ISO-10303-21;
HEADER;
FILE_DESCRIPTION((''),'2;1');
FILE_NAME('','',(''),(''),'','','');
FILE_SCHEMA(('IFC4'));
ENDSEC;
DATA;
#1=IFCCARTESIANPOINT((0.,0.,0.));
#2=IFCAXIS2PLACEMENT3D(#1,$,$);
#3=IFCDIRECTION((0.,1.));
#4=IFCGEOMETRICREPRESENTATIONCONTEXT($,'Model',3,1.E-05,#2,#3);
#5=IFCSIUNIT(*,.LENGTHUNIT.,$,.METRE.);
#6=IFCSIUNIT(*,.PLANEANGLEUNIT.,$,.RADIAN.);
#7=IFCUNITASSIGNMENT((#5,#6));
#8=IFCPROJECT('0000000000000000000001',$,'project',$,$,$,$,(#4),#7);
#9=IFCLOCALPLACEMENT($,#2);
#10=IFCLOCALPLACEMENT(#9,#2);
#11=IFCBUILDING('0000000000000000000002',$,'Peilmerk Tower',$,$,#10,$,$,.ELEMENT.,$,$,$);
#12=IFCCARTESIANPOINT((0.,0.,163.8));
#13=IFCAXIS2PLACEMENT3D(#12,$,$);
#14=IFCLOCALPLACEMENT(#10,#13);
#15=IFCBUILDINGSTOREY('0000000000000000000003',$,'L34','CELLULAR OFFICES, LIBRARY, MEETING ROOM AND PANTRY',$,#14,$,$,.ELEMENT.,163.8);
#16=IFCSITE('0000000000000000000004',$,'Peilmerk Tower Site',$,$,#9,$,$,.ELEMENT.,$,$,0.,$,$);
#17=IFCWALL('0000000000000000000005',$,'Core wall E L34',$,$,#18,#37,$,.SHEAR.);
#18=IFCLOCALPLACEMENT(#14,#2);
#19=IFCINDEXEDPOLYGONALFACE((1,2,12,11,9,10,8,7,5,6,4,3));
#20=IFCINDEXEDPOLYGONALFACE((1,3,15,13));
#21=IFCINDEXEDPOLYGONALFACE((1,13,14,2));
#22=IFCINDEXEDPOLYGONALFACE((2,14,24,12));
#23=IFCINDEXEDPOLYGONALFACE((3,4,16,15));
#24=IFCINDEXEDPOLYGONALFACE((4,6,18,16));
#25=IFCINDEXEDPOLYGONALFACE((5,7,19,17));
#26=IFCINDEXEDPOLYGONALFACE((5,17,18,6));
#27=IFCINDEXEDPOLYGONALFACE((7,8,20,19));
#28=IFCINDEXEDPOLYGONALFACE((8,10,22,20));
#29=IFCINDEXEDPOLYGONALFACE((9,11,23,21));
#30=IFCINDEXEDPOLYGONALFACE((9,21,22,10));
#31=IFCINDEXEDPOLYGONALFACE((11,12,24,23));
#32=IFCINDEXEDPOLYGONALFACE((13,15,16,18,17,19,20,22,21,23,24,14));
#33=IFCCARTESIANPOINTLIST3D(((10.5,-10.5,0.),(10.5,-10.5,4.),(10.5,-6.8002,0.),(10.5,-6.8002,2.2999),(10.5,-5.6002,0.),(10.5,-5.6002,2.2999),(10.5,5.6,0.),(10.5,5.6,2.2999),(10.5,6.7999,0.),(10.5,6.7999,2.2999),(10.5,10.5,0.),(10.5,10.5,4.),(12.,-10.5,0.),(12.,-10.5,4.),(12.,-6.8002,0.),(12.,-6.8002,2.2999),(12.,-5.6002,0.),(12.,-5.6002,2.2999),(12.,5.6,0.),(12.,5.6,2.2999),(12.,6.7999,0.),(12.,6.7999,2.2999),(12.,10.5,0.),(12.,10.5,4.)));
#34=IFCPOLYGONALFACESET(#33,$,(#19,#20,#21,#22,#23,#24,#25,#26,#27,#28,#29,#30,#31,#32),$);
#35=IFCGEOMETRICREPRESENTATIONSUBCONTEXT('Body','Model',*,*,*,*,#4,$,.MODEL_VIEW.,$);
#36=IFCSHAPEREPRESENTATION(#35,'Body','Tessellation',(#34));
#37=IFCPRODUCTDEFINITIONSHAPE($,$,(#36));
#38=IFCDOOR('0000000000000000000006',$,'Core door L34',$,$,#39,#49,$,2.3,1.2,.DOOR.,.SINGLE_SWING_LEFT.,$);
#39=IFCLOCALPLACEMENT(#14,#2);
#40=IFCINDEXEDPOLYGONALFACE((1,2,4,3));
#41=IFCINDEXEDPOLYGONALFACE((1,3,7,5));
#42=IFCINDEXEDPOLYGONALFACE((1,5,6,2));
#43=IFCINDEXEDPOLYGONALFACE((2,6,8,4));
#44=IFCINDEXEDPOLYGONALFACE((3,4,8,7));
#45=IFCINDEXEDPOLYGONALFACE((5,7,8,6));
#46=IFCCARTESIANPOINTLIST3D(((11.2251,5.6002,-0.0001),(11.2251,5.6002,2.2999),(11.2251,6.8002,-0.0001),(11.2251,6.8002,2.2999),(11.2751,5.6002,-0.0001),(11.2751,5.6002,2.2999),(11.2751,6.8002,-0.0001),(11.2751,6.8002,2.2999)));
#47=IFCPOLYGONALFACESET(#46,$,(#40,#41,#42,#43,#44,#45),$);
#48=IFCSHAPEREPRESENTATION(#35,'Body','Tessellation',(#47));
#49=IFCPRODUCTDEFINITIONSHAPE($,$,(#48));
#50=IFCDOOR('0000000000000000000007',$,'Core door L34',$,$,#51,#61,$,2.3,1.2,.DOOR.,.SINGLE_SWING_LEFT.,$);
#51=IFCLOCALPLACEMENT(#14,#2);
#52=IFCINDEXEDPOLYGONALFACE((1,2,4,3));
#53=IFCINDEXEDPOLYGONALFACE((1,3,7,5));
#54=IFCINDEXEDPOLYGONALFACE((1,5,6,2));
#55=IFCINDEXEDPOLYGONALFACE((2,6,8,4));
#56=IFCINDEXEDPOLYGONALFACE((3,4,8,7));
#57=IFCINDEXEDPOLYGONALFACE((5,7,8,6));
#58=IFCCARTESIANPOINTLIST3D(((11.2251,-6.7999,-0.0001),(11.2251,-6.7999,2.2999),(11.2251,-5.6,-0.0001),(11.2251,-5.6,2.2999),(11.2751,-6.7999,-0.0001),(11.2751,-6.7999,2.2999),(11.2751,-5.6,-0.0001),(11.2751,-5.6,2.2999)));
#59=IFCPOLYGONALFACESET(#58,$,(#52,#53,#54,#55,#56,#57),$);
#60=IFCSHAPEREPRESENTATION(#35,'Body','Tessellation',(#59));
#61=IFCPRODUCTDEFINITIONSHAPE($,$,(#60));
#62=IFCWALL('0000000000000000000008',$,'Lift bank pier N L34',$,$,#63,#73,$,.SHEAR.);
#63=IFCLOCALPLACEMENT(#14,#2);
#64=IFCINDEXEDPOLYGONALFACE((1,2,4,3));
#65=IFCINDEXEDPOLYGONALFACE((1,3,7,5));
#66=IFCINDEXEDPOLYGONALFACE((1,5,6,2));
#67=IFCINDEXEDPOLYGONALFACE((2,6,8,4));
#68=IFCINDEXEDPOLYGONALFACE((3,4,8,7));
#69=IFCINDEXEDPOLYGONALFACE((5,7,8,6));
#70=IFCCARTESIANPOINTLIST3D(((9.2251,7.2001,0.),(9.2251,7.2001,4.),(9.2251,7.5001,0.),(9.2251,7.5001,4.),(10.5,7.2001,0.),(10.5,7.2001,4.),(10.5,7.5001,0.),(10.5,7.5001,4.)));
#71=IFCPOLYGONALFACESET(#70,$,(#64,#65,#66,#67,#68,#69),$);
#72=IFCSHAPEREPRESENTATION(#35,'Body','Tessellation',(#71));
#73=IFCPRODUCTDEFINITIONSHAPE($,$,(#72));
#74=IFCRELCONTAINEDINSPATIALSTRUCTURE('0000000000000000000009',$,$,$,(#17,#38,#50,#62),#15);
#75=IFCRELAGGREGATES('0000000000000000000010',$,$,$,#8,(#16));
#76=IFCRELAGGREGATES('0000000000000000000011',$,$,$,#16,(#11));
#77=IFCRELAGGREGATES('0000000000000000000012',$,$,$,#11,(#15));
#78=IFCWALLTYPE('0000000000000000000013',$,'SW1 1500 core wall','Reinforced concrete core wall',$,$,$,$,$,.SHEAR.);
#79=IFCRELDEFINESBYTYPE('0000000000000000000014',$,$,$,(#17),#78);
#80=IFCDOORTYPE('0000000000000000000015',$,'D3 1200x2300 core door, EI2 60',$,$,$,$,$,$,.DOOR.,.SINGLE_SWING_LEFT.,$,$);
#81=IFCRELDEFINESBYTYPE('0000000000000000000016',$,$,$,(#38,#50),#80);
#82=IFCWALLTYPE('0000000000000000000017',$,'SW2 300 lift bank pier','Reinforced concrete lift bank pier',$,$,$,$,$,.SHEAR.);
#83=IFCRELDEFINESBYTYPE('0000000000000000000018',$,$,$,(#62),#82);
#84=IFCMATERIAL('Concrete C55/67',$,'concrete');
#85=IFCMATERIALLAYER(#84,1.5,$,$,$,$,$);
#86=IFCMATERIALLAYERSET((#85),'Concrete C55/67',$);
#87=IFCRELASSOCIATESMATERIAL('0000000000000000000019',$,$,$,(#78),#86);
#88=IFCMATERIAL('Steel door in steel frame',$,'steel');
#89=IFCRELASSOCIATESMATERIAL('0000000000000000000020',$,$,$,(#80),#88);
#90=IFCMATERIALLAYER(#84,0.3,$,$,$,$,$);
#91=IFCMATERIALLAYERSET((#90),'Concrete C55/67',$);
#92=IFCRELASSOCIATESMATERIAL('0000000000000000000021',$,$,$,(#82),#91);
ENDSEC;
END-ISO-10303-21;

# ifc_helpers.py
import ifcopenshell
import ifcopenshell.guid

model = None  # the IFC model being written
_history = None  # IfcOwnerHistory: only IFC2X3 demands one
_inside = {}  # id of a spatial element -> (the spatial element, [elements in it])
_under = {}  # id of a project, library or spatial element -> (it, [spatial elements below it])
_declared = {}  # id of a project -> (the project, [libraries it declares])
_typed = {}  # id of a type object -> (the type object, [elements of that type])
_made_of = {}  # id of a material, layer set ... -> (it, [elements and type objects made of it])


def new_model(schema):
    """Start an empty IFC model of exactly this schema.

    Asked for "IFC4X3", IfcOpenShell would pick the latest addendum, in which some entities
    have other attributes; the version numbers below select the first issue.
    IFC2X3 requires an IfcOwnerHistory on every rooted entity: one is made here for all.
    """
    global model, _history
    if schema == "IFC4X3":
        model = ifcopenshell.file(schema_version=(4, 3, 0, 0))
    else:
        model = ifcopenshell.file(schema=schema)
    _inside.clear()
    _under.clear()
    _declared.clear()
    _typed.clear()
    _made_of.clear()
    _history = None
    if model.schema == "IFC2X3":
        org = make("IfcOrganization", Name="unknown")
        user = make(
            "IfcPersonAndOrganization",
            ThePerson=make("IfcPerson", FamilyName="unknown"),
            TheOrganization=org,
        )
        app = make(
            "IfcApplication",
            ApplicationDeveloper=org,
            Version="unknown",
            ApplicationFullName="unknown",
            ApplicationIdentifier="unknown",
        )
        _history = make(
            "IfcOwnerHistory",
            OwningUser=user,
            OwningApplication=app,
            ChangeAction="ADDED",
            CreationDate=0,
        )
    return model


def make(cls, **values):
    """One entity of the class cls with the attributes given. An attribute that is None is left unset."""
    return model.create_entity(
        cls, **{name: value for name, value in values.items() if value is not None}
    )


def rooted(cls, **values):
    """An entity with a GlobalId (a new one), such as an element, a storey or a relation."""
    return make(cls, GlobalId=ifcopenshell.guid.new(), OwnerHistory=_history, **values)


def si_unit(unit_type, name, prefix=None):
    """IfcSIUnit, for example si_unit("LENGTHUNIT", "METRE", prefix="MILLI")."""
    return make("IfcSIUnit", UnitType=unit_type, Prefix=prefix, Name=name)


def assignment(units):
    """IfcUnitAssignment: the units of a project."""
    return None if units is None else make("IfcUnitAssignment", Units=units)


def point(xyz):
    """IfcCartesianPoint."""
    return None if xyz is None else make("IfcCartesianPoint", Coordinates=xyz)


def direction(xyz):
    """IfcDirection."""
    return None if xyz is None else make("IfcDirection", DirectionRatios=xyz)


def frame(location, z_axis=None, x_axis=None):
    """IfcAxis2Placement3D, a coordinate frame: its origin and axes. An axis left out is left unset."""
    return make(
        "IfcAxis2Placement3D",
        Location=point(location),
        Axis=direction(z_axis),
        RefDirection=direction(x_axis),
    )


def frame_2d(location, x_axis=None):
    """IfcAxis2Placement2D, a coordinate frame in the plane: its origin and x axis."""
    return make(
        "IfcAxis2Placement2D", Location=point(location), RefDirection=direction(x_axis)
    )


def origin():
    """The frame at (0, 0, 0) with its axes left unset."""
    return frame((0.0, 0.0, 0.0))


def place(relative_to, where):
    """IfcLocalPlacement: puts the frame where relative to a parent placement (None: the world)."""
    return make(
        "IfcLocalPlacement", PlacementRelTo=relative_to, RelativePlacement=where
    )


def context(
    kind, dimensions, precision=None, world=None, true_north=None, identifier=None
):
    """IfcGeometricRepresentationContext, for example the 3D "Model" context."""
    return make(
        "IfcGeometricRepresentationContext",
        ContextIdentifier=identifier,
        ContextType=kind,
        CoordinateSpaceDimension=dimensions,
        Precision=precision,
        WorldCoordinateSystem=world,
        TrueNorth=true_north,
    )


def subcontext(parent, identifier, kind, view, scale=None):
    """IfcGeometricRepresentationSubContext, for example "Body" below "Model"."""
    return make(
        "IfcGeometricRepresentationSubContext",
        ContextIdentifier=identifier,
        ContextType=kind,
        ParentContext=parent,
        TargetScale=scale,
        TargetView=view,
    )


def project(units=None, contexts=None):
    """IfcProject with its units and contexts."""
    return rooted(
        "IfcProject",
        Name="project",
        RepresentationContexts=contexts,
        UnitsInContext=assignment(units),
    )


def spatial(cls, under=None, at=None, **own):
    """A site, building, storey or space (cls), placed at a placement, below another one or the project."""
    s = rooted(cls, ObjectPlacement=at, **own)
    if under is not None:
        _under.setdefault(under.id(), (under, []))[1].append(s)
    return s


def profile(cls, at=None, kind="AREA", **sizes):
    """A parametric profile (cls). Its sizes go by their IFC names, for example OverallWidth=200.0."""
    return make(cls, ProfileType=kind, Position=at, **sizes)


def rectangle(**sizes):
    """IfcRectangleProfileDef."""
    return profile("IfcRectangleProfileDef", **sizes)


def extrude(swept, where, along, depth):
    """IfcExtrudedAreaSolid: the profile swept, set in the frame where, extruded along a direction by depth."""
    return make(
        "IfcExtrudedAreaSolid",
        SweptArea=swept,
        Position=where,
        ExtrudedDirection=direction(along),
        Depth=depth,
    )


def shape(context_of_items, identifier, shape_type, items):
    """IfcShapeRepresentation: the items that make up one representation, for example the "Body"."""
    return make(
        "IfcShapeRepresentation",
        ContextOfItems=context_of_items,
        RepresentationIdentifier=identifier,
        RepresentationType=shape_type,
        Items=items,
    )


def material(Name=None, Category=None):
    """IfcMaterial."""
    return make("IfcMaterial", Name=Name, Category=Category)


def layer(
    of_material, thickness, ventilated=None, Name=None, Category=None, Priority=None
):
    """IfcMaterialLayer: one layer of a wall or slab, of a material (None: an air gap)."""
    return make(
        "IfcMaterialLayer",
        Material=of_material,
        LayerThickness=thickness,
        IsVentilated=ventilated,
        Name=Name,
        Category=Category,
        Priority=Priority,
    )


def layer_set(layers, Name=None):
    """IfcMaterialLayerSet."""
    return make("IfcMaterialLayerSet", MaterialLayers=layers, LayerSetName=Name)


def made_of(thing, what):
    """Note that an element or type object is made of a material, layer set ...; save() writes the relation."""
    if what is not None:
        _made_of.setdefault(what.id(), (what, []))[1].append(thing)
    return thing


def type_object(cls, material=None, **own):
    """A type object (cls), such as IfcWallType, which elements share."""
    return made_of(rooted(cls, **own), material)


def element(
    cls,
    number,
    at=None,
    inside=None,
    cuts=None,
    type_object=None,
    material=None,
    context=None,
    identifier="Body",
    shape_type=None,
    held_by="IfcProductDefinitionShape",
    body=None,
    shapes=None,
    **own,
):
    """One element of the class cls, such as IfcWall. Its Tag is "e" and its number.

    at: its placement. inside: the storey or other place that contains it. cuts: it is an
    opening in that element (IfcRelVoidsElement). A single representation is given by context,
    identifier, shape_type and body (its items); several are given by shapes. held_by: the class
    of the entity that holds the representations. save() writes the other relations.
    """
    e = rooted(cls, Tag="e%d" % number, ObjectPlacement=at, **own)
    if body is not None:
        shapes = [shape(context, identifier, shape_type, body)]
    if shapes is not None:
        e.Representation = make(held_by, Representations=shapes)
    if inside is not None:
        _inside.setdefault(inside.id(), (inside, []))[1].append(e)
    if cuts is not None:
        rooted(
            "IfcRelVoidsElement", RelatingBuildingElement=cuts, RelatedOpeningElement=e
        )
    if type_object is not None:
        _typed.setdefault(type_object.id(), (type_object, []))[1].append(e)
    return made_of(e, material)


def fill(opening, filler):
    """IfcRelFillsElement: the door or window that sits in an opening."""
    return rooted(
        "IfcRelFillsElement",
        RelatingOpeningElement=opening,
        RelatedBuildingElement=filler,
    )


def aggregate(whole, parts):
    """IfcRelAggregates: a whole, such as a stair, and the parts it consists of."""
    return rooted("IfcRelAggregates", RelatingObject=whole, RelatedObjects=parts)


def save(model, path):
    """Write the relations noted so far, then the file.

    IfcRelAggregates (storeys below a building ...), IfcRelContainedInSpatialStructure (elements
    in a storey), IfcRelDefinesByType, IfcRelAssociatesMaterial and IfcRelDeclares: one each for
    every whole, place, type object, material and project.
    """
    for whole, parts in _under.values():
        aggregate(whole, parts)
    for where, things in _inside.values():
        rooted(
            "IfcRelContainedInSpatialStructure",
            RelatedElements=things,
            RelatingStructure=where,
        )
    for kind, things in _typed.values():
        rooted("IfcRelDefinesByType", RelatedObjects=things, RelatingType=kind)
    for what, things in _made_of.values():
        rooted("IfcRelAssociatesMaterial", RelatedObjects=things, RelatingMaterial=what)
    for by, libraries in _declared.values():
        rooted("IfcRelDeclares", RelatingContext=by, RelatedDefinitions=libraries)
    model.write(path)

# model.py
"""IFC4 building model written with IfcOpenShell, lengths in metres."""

from ifc_helpers import new_model, si_unit, direction, frame, frame_2d, origin, place, context, subcontext, project, spatial, rectangle, extrude, material, layer, layer_set, type_object, element, fill, save


model = new_model("IFC4")

# Units and contexts
model_context = context("Model", 3, precision=1e-05, world=origin(), true_north=direction((0.0, 1.0)))
body_context = subcontext(model_context, "Body", "Model", "MODEL_VIEW")
ifc_project = project(units=[si_unit("LENGTHUNIT", "METRE"), si_unit("PLANEANGLEUNIT", "RADIAN")], contexts=[model_context])

# Site, building, storey
site_placement = place(None, origin())
site = spatial("IfcSite", under=ifc_project, at=site_placement, Name="Peilmerk Tower Site", CompositionType="ELEMENT", RefElevation=0.0)
building_placement = place(site_placement, origin())
building = spatial("IfcBuilding", under=site, at=building_placement, Name="Peilmerk Tower", CompositionType="ELEMENT")
storey_placement = place(building_placement, frame((0.0, 0.0, 163.8)))
storey = spatial("IfcBuildingStorey", under=building, at=storey_placement, Name="L34", Description="CELLULAR OFFICES, LIBRARY, MEETING ROOM AND PANTRY", CompositionType="ELEMENT", Elevation=163.8)

# Wall, openings, doors
ifc_material_1 = material(Name="Concrete C55/67", Category="concrete")
ifc_layer_1 = layer(ifc_material_1, 1.5)
ifc_layer_set_1 = layer_set([ifc_layer_1], Name="Concrete C55/67")
wall_type_1 = type_object("IfcWallType", Name="SW1 1500 core wall", Description="Reinforced concrete core wall", PredefinedType="SHEAR", material=ifc_layer_set_1)
wall_1_placement = place(storey_placement, frame((11.25, 10.5, 0.0), z_axis=(0.0, 0.0, 1.0), x_axis=(0.0, -1.0, 0.0)))
wall_1 = element("IfcWall", 1, at=wall_1_placement, inside=storey, type_object=wall_type_1, Name="Core wall E L34", PredefinedType="SHEAR", context=body_context, shape_type="SweptSolid", body=[
    extrude(rectangle(XDim=21.0, YDim=1.5, at=frame_2d((10.5, 0.0))), origin(), (0.0, 0.0, 1.0), 4.0),
])
opening_1_placement = place(wall_1_placement, frame((3.7, 0.0, 0.0)))
opening_1 = element("IfcOpeningElement", 2, at=opening_1_placement, cuts=wall_1, PredefinedType="OPENING", context=body_context, shape_type="SweptSolid", body=[
    extrude(rectangle(XDim=1.2, YDim=2.3, at=frame_2d((0.6001, 1.1499))), frame((0.0, 0.76, 0.0), z_axis=(0.0, -1.0, 0.0), x_axis=(1.0, 0.0, 0.0)), (0.0, 0.0, 1.0), 1.52),
])
opening_2_placement = place(wall_1_placement, frame((16.1001, 0.0, 0.0)))
opening_2 = element("IfcOpeningElement", 3, at=opening_2_placement, cuts=wall_1, PredefinedType="OPENING", context=body_context, shape_type="SweptSolid", body=[
    extrude(rectangle(XDim=1.2, YDim=2.3, at=frame_2d((0.6001, 1.1499))), frame((0.0, 0.76, 0.0), z_axis=(0.0, -1.0, 0.0), x_axis=(1.0, 0.0, 0.0)), (0.0, 0.0, 1.0), 1.52),
])
ifc_material_2 = material(Name="Steel door in steel frame", Category="steel")
door_type = type_object("IfcDoorType", Name="D3 1200x2300 core door, EI2 60", OperationType="SINGLE_SWING_LEFT", PredefinedType="DOOR", material=ifc_material_2)
door_1_placement = place(opening_1_placement, frame((1.2, 0.0, 0.0), z_axis=(0.0, 0.0, 1.0), x_axis=(-1.0, 0.0, 0.0)))
door_1 = element("IfcDoor", 4, at=door_1_placement, inside=storey, type_object=door_type, Name="Core door L34", OperationType="SINGLE_SWING_LEFT", OverallHeight=2.3, OverallWidth=1.2, PredefinedType="DOOR", context=body_context, shape_type="SweptSolid", body=[
    extrude(rectangle(XDim=1.2, YDim=2.3, at=frame_2d((0.6001, 1.1499))), frame((0.0, 0.0249, 0.0), z_axis=(0.0, -1.0, 0.0), x_axis=(1.0, 0.0, 0.0)), (0.0, 0.0, 1.0), 0.05),
])
fill(opening_1, door_1)
door_2_placement = place(opening_2_placement, frame((1.2, 0.0, 0.0), z_axis=(0.0, 0.0, 1.0), x_axis=(-1.0, 0.0, 0.0)))
door_2 = element("IfcDoor", 5, at=door_2_placement, inside=storey, type_object=door_type, Name="Core door L34", OperationType="SINGLE_SWING_LEFT", OverallHeight=2.3, OverallWidth=1.2, PredefinedType="DOOR", context=body_context, shape_type="SweptSolid", body=[
    extrude(rectangle(XDim=1.2, YDim=2.3, at=frame_2d((0.6001, 1.1499))), frame((0.0, 0.0249, 0.0), z_axis=(0.0, -1.0, 0.0), x_axis=(1.0, 0.0, 0.0)), (0.0, 0.0, 1.0), 0.05),
])
fill(opening_2, door_2)

# Wall
ifc_layer_2 = layer(ifc_material_1, 0.3)
ifc_layer_set_2 = layer_set([ifc_layer_2], Name="Concrete C55/67")
wall_type_2 = type_object("IfcWallType", Name="SW2 300 lift bank pier", Description="Reinforced concrete lift bank pier", PredefinedType="SHEAR", material=ifc_layer_set_2)
wall_2_placement = place(storey_placement, frame((9.2251, 7.3501, 0.0), z_axis=(0.0, 0.0, 1.0), x_axis=(1.0, 0.0, 0.0)))
element("IfcWall", 6, at=wall_2_placement, inside=storey, type_object=wall_type_2, Name="Lift bank pier N L34", PredefinedType="SHEAR", context=body_context, shape_type="SweptSolid", body=[
    extrude(rectangle(XDim=1.2749, YDim=0.3, at=frame_2d((0.6375, 0.0))), origin(), (0.0, 0.0, 1.0), 4.0),
])

save(model, "model.ifc")
